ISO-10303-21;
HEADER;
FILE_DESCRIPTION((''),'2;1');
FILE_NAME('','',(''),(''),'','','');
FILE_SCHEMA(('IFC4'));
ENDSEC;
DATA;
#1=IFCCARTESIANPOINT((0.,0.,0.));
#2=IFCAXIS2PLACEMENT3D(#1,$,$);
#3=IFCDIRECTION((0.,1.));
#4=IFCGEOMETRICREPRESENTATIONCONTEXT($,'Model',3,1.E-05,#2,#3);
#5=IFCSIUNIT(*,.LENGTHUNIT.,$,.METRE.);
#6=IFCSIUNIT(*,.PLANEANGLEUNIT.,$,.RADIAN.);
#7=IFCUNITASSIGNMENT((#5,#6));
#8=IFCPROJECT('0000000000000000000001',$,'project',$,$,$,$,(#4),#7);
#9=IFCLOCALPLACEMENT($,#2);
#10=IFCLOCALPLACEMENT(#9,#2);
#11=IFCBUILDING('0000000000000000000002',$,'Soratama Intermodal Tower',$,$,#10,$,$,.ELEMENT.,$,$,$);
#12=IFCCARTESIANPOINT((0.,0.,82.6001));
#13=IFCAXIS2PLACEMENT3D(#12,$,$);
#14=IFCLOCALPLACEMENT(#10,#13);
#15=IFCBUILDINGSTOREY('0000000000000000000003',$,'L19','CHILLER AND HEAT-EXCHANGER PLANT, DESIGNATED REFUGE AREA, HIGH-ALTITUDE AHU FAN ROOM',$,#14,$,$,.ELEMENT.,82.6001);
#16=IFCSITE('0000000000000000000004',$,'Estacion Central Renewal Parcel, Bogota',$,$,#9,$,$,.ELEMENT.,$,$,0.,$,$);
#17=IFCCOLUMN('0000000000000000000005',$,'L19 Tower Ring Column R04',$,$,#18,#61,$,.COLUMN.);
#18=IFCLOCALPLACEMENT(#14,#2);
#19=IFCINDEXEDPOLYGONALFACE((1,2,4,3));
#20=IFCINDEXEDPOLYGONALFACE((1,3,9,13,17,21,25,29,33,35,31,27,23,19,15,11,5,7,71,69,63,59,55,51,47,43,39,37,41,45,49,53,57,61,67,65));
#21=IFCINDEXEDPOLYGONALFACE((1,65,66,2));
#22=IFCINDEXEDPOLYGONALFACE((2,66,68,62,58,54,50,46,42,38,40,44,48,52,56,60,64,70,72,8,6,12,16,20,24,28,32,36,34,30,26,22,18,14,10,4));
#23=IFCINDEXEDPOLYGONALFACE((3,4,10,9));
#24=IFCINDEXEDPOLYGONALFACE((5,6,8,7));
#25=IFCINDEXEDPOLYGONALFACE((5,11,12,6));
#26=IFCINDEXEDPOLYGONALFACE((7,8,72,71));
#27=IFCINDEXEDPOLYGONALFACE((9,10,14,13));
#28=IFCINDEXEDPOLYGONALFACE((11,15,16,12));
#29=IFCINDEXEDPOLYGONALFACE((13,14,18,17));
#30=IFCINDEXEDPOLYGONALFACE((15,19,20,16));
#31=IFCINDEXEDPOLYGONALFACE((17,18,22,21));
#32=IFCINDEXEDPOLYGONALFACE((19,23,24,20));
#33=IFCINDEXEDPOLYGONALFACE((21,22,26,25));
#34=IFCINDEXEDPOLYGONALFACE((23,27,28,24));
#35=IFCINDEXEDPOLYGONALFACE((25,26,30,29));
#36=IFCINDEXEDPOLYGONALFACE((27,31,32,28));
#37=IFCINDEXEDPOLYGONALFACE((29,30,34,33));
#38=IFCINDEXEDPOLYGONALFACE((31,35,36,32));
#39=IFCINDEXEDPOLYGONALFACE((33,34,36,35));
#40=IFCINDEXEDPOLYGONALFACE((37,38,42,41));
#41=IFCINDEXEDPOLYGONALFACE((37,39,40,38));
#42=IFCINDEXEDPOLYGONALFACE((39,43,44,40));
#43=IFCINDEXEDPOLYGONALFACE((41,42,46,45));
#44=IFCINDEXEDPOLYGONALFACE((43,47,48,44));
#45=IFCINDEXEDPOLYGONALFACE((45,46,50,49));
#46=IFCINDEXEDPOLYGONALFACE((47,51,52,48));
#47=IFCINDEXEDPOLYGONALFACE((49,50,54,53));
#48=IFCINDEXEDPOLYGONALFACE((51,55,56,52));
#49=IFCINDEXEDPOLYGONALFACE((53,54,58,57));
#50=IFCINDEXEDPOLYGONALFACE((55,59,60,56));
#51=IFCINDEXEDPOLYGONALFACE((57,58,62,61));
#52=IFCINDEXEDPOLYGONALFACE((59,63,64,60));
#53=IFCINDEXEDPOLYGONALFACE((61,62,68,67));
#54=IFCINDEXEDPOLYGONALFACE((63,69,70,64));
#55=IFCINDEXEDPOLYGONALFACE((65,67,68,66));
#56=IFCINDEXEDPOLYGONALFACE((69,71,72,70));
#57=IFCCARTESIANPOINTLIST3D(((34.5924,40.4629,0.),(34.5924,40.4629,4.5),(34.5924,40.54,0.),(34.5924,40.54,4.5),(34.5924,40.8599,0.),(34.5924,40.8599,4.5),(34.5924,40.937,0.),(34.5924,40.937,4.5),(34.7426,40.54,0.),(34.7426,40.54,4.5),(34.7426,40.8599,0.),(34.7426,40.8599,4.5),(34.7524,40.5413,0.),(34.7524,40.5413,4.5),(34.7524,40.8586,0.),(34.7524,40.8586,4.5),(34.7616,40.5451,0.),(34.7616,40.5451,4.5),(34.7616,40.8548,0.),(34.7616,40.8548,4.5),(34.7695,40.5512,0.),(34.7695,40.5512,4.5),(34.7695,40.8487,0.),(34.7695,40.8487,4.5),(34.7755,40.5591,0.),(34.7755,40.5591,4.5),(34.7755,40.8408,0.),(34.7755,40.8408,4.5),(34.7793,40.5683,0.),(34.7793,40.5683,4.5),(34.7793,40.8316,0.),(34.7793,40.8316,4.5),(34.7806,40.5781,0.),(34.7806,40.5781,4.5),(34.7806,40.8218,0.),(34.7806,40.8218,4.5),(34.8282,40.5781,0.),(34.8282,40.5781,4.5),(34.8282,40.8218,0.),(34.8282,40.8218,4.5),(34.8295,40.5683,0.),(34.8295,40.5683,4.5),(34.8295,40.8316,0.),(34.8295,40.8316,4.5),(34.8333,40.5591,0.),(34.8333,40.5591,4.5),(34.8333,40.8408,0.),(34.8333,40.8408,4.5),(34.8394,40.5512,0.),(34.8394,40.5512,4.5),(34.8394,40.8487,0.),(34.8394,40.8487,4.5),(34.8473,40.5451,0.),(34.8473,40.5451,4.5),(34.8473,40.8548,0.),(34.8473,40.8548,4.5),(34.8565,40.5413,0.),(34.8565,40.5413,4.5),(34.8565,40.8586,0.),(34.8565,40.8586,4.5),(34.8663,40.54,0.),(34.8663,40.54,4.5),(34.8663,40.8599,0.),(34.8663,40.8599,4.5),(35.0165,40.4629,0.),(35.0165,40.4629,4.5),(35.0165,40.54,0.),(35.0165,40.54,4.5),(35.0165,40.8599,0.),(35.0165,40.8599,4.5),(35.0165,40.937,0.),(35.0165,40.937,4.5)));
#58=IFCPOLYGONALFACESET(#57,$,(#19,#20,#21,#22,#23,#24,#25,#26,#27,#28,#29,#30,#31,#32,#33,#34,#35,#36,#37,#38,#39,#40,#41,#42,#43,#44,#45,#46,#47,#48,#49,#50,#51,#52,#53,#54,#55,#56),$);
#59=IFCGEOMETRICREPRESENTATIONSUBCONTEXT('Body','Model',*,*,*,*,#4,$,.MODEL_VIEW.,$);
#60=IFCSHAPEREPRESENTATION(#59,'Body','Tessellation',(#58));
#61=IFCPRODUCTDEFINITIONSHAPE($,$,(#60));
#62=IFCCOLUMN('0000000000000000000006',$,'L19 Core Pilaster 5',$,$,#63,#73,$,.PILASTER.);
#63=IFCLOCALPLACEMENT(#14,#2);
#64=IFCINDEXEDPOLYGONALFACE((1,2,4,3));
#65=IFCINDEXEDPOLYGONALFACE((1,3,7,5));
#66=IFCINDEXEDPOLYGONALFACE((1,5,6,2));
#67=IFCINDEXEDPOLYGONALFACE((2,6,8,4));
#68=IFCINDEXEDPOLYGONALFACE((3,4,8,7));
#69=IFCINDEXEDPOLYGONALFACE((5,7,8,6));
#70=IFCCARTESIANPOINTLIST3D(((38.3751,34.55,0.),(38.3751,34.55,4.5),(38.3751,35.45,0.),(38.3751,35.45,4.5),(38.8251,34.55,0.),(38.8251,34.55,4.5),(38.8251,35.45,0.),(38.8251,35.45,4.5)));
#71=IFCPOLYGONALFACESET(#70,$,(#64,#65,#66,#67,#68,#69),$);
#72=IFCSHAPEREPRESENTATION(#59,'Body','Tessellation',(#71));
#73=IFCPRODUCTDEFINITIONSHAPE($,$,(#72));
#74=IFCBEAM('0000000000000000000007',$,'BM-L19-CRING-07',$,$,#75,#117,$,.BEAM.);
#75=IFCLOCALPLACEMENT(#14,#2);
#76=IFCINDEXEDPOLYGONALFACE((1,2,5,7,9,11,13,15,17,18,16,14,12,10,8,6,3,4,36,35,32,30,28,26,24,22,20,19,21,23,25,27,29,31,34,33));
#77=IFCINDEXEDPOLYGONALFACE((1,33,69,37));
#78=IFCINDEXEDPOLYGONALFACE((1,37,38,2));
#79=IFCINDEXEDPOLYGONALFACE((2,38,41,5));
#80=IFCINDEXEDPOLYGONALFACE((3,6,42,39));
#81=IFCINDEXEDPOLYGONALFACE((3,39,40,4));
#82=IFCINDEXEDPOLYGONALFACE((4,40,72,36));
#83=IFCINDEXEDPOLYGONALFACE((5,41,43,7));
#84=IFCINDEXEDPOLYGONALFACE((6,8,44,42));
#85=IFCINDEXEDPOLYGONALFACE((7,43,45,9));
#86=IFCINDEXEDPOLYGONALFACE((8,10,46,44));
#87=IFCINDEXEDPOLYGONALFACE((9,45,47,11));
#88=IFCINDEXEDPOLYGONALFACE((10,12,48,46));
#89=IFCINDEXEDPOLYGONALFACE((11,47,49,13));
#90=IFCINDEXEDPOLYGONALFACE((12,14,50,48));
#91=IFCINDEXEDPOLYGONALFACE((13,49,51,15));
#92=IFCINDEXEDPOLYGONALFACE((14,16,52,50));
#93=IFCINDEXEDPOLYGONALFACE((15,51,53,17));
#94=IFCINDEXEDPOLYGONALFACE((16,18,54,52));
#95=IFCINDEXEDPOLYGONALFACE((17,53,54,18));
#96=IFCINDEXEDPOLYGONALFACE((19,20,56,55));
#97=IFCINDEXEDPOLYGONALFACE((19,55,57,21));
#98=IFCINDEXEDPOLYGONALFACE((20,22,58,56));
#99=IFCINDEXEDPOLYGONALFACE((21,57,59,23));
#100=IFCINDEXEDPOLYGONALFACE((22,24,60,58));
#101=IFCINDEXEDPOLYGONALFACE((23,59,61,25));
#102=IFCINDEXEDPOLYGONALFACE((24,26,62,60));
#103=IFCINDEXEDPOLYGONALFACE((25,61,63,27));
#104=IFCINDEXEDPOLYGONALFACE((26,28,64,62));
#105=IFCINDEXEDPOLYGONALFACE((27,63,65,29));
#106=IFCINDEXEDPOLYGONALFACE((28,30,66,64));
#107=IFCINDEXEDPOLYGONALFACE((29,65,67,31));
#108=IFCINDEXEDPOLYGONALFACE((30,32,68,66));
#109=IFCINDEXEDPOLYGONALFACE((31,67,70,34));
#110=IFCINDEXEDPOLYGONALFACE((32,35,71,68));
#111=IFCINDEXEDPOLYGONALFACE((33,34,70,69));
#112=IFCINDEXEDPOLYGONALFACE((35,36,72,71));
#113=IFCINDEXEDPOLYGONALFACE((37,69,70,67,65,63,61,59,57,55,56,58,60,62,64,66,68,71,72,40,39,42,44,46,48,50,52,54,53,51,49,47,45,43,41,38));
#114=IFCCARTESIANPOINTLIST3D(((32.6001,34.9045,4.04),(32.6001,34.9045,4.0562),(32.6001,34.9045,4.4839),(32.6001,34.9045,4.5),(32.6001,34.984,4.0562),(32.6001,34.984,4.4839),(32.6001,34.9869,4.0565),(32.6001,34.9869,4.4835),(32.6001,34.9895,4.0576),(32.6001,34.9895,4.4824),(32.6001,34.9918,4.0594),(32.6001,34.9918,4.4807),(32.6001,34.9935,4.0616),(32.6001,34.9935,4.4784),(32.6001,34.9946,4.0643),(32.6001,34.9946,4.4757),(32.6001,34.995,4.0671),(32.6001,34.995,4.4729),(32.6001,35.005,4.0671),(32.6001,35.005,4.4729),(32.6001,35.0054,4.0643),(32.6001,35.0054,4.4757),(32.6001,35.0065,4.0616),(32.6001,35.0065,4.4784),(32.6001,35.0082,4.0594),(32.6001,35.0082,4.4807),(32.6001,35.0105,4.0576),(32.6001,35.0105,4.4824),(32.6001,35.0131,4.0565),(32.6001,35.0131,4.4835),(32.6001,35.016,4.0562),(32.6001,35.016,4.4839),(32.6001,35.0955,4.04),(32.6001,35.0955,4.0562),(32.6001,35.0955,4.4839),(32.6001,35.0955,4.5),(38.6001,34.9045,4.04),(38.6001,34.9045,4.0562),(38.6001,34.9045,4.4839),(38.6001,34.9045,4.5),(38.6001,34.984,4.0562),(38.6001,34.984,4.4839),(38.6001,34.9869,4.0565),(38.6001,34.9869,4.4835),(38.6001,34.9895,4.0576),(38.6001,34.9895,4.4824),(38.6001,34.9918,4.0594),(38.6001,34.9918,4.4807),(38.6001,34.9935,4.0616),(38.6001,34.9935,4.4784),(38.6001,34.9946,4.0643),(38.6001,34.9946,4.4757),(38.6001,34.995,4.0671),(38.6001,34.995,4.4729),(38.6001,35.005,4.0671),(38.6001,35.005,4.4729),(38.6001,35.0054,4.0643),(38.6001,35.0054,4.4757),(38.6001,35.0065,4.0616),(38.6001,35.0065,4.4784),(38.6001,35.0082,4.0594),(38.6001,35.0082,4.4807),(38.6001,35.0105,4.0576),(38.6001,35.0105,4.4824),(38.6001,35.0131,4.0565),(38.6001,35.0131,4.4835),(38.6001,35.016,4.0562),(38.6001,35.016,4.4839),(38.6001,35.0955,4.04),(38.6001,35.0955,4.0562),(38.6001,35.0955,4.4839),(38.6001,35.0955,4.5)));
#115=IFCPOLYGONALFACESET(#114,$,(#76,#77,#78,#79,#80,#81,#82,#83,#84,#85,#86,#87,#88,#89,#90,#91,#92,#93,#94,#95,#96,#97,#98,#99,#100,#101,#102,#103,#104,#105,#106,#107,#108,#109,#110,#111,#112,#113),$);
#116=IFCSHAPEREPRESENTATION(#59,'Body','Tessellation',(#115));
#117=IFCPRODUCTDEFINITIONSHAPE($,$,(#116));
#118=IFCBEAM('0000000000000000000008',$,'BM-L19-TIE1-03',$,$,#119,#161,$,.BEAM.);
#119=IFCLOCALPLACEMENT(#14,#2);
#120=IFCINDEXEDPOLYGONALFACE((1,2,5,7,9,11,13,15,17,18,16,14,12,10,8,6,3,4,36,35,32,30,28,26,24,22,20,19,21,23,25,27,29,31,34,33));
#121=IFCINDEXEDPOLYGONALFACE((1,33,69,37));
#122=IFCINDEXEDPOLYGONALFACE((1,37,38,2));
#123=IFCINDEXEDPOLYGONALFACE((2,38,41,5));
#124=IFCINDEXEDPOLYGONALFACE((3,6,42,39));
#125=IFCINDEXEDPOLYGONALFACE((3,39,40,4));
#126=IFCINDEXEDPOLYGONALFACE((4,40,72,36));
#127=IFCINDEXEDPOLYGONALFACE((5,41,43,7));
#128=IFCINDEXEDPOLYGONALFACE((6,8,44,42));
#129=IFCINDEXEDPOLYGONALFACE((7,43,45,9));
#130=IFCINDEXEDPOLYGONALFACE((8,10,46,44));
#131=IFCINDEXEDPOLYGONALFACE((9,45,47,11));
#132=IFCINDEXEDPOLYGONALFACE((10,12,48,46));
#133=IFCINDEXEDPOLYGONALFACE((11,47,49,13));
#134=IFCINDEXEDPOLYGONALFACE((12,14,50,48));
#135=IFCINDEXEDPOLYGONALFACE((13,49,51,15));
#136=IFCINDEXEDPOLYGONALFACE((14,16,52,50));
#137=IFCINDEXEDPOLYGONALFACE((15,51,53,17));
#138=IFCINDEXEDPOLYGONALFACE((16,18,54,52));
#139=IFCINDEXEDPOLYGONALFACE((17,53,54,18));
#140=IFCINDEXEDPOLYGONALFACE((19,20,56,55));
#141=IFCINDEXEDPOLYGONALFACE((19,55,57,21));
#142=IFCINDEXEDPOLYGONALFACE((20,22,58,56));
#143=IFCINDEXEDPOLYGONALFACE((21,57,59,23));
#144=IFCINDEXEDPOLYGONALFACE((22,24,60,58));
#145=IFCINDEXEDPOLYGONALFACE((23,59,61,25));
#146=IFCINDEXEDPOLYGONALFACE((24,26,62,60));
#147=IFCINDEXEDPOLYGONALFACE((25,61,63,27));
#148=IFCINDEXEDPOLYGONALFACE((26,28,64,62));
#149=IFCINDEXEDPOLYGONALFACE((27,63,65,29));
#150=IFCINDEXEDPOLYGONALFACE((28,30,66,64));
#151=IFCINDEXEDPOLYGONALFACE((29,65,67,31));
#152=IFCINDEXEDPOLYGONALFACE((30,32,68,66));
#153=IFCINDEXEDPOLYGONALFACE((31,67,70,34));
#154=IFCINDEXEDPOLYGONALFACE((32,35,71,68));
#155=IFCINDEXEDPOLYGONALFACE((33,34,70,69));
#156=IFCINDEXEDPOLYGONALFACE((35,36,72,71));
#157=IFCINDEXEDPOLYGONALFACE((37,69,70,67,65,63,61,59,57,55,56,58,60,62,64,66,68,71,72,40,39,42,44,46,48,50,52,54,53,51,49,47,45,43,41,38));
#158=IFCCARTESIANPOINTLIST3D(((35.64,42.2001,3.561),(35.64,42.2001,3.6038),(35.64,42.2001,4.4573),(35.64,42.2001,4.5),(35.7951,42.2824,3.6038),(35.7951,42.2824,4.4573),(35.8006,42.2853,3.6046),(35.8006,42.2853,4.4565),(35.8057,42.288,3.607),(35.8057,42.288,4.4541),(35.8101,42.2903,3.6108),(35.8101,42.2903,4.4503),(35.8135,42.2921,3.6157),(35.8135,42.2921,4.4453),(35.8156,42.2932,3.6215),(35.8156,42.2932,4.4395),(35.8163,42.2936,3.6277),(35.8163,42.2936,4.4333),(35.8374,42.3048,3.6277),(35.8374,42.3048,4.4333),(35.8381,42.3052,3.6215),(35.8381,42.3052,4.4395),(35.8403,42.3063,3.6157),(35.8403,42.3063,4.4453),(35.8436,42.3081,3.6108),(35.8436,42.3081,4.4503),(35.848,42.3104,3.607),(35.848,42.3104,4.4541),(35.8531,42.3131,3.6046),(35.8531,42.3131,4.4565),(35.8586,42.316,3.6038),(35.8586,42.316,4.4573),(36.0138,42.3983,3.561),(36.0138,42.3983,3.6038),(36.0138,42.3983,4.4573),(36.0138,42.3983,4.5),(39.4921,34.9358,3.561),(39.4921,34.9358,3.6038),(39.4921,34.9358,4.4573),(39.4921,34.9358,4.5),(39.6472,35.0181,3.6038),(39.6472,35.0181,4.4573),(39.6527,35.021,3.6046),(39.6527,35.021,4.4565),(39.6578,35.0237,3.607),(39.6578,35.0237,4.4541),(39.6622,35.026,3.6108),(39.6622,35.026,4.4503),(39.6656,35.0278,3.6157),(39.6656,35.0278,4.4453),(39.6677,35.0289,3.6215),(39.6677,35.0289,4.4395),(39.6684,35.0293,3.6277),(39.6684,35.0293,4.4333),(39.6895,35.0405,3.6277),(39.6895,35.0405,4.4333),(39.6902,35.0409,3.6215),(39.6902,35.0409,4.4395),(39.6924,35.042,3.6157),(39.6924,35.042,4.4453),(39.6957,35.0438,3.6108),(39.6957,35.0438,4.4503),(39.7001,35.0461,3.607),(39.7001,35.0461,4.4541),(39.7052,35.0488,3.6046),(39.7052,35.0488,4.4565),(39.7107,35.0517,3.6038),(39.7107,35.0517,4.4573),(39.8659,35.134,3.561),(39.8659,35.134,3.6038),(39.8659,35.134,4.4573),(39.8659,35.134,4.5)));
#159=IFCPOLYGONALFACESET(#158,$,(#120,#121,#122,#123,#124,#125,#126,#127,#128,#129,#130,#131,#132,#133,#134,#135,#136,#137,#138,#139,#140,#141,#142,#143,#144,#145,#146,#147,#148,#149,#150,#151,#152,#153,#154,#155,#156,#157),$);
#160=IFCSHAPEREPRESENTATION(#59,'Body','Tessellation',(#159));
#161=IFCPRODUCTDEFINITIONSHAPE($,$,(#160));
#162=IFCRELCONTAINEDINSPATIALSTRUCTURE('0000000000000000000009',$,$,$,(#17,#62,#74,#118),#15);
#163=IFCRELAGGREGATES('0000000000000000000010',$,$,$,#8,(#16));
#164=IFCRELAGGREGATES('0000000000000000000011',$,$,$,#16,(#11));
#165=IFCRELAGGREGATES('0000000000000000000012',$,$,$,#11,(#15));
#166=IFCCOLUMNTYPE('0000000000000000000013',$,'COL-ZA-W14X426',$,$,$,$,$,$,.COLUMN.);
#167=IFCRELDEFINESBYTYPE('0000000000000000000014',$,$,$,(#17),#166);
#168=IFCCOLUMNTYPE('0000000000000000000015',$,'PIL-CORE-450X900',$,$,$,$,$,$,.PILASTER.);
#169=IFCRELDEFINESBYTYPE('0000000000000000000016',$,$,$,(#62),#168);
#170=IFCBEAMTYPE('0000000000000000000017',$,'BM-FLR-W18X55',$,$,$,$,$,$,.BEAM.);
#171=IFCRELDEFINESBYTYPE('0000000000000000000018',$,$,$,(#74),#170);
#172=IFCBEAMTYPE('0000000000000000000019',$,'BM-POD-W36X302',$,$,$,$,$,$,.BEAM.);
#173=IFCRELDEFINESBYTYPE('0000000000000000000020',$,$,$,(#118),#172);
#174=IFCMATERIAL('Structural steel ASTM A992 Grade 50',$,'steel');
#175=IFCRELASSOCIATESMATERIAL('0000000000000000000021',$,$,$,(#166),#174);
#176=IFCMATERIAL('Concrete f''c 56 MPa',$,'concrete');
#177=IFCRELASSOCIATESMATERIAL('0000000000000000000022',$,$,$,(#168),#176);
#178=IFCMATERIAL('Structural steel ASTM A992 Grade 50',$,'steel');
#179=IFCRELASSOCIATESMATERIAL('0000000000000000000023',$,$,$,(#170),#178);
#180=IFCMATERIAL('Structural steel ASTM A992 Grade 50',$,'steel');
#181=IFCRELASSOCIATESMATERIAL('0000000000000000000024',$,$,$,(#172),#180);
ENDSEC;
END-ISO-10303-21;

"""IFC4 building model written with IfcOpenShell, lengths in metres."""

from ifc_helpers import new_model, si_unit, direction, frame, origin, origin_2d, place, context, subcontext, project, spatial, rectangle, i_section, extrude, material, material_profile, profile_set, type_object, element, save


model = new_model("IFC4")

# Units and contexts
model_context = context("Model", 3, precision=1e-05, world=origin(), true_north=direction((0.0, 1.0)))
body_context = subcontext(model_context, "Body", "Model", "MODEL_VIEW")
ifc_project = project(units=[si_unit("LENGTHUNIT", "METRE"), si_unit("PLANEANGLEUNIT", "RADIAN")], contexts=[model_context])

# Site, building, storey
site_placement = place(None, origin())
site = spatial("IfcSite", under=ifc_project, at=site_placement, Name="Estacion Central Renewal Parcel, Bogota", CompositionType="ELEMENT", RefElevation=0.0)
building_placement = place(site_placement, origin())
building = spatial("IfcBuilding", under=site, at=building_placement, Name="Soratama Intermodal Tower", CompositionType="ELEMENT")
storey_placement = place(building_placement, frame((0.0, 0.0, 82.6001)))
storey = spatial("IfcBuildingStorey", under=building, at=storey_placement, Name="L19", Description="CHILLER AND HEAT-EXCHANGER PLANT, DESIGNATED REFUGE AREA, HIGH-ALTITUDE AHU FAN ROOM", CompositionType="ELEMENT", Elevation=82.6001)

# Columns
ifc_material_1 = material(Name="Structural steel ASTM A992 Grade 50", Category="steel")
ifc_material_profile_1 = material_profile(ifc_material_1, i_section(OverallWidth=0.4241, OverallDepth=0.4741, WebThickness=0.0476, FlangeThickness=0.0771, FilletRadius=0.0381, at=origin_2d()), Name="W14X426")
ifc_profile_set_1 = profile_set([ifc_material_profile_1], Name="Structural steel ASTM A992 Grade 50")
column_type_1 = type_object("IfcColumnType", Name="COL-ZA-W14X426", PredefinedType="COLUMN", material=ifc_profile_set_1)
column_1_placement = place(storey_placement, frame((34.8044, 40.7, 0.0), z_axis=(0.0, 0.0, 1.0), x_axis=(1.0, 0.0, 0.0)))
element("IfcColumn", 1, at=column_1_placement, inside=storey, type_object=column_type_1, Name="L19 Tower Ring Column R04", PredefinedType="COLUMN", context=body_context, shape_type="SweptSolid", body=[
    extrude(i_section(OverallWidth=0.4241, OverallDepth=0.4741, WebThickness=0.0476, FlangeThickness=0.0771, FilletRadius=0.0381, at=origin_2d()), origin(), (0.0, 0.0, 1.0), 4.5),
])
ifc_material_2 = material(Name="Concrete f'c 56 MPa", Category="concrete")
ifc_material_profile_2 = material_profile(ifc_material_2, rectangle(XDim=0.45, YDim=0.8999, at=origin_2d()), Name="RC450X900")
ifc_profile_set_2 = profile_set([ifc_material_profile_2], Name="Concrete f'c 56 MPa")
column_type_2 = type_object("IfcColumnType", Name="PIL-CORE-450X900", PredefinedType="PILASTER", material=ifc_profile_set_2)
column_2_placement = place(storey_placement, frame((38.6001, 35.0, 0.0), z_axis=(0.0, 0.0, 1.0), x_axis=(1.0, 0.0, 0.0)))
element("IfcColumn", 2, at=column_2_placement, inside=storey, type_object=column_type_2, Name="L19 Core Pilaster 5", PredefinedType="PILASTER", context=body_context, shape_type="SweptSolid", body=[
    extrude(rectangle(XDim=0.45, YDim=0.8999, at=origin_2d()), origin(), (0.0, 0.0, 1.0), 4.5),
])

# Beams
ifc_material_3 = material(Name="Structural steel ASTM A992 Grade 50", Category="steel")
ifc_material_profile_3 = material_profile(ifc_material_3, i_section(OverallWidth=0.1909, OverallDepth=0.46, WebThickness=0.01, FlangeThickness=0.0161, FilletRadius=0.011, at=origin_2d()), Name="W18X55")
ifc_profile_set_3 = profile_set([ifc_material_profile_3], Name="Structural steel ASTM A992 Grade 50")
beam_type_1 = type_object("IfcBeamType", Name="BM-FLR-W18X55", PredefinedType="BEAM", material=ifc_profile_set_3)
beam_1_placement = place(storey_placement, frame((38.6001, 35.0, 4.27), z_axis=(-1.0, 0.0, 0.0), x_axis=(0.0, -1.0, 0.0)))
element("IfcBeam", 3, at=beam_1_placement, inside=storey, type_object=beam_type_1, Name="BM-L19-CRING-07", PredefinedType="BEAM", context=body_context, shape_type="SweptSolid", body=[
    extrude(i_section(OverallWidth=0.1909, OverallDepth=0.46, WebThickness=0.01, FlangeThickness=0.0161, FilletRadius=0.011, at=origin_2d()), origin(), (0.0, 0.0, 1.0), 6.0),
])
ifc_material_4 = material(Name="Structural steel ASTM A992 Grade 50", Category="steel")
ifc_material_profile_4 = material_profile(ifc_material_4, i_section(OverallWidth=0.4231, OverallDepth=0.939, WebThickness=0.0239, FlangeThickness=0.0427, FilletRadius=0.0239, at=origin_2d()), Name="W36X302")
ifc_profile_set_4 = profile_set([ifc_material_profile_4], Name="Structural steel ASTM A992 Grade 50")
beam_type_2 = type_object("IfcBeamType", Name="BM-POD-W36X302", PredefinedType="BEAM", material=ifc_profile_set_4)
beam_2_placement = place(storey_placement, frame((39.679, 35.0349, 4.0305), z_axis=(-0.468488, 0.88347, 0.0), x_axis=(-0.88347, -0.468488, 0.0)))
element("IfcBeam", 4, at=beam_2_placement, inside=storey, type_object=beam_type_2, Name="BM-L19-TIE1-03", PredefinedType="BEAM", context=body_context, shape_type="SweptSolid", body=[
    extrude(i_section(OverallWidth=0.4231, OverallDepth=0.939, WebThickness=0.0239, FlangeThickness=0.0427, FilletRadius=0.0239, at=origin_2d()), origin(), (0.0, 0.0, 1.0), 8.2224),
])

save(model, "model.ifc")
